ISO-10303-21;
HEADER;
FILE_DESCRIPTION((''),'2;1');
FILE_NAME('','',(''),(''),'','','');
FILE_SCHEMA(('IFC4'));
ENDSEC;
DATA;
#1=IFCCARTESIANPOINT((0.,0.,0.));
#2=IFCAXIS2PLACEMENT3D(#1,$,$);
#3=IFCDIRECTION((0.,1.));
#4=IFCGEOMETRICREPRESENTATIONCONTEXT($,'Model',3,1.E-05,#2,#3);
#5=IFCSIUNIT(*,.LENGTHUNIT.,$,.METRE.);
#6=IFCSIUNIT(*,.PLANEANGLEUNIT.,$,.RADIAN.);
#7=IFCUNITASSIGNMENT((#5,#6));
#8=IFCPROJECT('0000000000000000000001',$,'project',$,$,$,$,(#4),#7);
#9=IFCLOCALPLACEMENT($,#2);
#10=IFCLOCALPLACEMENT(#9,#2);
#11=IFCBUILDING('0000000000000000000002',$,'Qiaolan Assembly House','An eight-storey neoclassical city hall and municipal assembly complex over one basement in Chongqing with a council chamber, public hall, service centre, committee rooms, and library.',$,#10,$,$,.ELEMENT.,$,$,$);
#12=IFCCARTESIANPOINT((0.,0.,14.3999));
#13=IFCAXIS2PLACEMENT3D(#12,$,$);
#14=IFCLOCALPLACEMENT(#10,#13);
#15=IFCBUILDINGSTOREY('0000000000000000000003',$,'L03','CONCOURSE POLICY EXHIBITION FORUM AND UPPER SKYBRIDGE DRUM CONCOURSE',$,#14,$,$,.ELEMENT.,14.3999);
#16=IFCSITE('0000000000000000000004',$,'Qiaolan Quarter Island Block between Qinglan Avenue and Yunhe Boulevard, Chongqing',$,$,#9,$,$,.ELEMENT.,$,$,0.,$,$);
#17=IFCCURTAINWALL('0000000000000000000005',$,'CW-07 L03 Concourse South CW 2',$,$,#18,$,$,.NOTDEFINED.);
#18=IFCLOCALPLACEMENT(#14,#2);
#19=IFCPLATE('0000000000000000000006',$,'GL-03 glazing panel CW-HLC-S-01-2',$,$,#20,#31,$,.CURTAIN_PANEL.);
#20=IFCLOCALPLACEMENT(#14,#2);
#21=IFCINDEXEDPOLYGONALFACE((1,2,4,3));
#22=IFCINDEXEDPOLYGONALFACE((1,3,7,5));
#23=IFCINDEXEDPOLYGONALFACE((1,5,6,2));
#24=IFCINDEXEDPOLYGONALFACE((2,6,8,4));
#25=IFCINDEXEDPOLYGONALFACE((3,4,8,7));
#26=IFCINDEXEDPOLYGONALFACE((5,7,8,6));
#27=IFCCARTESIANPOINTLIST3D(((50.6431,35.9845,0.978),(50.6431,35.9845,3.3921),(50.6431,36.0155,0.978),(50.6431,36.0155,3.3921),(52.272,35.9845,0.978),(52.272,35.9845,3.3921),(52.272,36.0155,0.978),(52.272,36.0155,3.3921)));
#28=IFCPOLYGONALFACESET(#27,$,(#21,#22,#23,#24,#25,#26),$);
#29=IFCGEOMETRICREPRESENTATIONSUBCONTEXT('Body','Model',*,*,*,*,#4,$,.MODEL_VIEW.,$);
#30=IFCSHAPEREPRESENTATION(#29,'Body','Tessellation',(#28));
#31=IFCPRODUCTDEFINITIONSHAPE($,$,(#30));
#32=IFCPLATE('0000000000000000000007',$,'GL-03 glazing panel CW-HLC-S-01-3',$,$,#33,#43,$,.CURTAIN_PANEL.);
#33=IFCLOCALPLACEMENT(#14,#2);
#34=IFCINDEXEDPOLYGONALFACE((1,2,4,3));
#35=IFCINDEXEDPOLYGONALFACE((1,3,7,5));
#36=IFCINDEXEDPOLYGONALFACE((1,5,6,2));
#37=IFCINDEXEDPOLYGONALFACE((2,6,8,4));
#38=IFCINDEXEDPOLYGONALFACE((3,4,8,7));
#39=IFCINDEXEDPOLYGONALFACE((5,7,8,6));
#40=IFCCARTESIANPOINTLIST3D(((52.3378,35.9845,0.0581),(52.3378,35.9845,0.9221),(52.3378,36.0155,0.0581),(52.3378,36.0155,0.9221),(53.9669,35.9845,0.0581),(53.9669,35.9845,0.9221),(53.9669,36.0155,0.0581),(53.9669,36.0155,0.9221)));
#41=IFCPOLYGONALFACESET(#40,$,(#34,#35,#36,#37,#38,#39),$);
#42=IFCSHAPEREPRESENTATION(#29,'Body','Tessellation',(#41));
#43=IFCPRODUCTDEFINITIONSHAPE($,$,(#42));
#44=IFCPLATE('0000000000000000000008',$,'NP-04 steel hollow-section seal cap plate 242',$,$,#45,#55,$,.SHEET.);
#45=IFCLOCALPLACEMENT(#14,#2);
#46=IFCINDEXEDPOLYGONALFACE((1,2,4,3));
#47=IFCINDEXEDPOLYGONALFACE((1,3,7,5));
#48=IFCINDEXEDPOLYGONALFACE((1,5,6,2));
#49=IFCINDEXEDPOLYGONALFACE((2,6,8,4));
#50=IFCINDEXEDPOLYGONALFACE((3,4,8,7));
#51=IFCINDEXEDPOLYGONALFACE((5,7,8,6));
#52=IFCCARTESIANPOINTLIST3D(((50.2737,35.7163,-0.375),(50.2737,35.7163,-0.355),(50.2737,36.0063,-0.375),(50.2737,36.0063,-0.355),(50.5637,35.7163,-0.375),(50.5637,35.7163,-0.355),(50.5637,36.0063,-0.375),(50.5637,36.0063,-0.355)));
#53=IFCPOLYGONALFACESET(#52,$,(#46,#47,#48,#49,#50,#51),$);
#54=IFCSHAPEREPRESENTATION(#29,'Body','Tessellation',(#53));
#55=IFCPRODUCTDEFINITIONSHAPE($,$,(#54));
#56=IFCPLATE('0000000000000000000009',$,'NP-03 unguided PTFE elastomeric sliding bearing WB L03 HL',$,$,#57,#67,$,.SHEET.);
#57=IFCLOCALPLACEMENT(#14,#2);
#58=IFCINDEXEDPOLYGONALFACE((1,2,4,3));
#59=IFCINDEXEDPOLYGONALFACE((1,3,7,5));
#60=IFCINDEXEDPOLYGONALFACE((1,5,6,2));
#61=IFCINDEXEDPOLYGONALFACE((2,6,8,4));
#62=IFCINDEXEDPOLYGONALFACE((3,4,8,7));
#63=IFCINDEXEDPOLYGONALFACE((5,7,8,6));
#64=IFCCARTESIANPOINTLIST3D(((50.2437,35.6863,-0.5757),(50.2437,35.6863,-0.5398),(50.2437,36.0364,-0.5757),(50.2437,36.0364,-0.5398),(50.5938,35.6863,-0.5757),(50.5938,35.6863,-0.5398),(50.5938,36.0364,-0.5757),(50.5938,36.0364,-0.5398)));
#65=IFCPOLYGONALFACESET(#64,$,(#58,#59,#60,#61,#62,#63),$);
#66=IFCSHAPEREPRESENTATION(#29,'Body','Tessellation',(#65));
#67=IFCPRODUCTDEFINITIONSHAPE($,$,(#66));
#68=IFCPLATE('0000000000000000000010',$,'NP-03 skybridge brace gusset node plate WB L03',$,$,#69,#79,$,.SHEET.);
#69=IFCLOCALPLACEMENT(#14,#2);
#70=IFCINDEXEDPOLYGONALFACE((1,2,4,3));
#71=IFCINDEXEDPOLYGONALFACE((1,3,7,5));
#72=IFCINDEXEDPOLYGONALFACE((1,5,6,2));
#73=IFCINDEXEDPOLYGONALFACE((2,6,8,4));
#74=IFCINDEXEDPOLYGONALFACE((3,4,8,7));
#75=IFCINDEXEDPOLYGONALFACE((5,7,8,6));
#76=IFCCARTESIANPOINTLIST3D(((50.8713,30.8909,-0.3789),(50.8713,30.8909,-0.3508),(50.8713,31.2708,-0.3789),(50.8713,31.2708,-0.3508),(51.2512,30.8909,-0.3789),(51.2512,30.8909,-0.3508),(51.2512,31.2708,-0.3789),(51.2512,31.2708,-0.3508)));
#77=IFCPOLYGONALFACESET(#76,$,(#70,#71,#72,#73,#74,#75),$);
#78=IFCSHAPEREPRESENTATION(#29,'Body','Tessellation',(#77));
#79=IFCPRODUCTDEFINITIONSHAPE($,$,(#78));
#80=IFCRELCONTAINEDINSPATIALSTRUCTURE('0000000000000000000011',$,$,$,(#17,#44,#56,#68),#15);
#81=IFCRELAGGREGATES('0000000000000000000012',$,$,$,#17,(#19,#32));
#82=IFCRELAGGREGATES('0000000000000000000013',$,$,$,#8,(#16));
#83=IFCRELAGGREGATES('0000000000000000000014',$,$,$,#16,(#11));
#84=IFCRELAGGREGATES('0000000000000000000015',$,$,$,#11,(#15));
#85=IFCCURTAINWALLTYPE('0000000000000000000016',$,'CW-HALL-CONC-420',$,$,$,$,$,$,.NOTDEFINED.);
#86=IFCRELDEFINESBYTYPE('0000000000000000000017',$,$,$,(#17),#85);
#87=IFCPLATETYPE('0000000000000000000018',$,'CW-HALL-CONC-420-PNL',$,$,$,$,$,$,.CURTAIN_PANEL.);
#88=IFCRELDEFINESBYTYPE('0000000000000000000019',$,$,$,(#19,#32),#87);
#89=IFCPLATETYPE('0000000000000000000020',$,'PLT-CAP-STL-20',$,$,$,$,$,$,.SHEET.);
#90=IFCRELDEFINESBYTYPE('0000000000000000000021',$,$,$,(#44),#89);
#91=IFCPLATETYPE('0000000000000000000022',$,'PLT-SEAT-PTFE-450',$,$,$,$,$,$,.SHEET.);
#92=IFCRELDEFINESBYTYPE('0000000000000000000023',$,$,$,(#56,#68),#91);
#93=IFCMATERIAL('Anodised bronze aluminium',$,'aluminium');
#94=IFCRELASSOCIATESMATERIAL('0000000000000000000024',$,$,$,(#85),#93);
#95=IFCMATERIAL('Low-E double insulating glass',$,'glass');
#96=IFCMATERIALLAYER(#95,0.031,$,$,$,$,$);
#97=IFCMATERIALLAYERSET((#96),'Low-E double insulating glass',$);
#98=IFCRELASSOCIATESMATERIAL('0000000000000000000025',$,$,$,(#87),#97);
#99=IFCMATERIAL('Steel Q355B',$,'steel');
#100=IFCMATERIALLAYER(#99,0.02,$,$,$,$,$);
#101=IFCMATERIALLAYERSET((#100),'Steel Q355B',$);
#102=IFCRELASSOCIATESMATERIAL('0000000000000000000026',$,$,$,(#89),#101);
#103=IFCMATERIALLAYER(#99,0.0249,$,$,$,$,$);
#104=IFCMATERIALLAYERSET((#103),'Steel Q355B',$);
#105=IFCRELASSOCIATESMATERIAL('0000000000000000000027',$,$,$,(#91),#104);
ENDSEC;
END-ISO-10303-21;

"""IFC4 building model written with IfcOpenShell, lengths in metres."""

from ifc_helpers import new_model, si_unit, direction, frame, frame_2d, origin, origin_2d, place, context, subcontext, project, spatial, rectangle, extrude, material, layer, layer_set, type_object, element, aggregate, save


model = new_model("IFC4")

# Units and contexts
model_context = context("Model", 3, precision=1e-05, world=origin(), true_north=direction((0.0, 1.0)))
body_context = subcontext(model_context, "Body", "Model", "MODEL_VIEW")
ifc_project = project(units=[si_unit("LENGTHUNIT", "METRE"), si_unit("PLANEANGLEUNIT", "RADIAN")], contexts=[model_context])

# Site, building, storey
site_placement = place(None, origin())
site = spatial("IfcSite", under=ifc_project, at=site_placement, Name="Qiaolan Quarter Island Block between Qinglan Avenue and Yunhe Boulevard, Chongqing", CompositionType="ELEMENT", RefElevation=0.0)
building_placement = place(site_placement, origin())
building = spatial("IfcBuilding", under=site, at=building_placement, Name="Qiaolan Assembly House", Description="An eight-storey neoclassical city hall and municipal assembly complex over one basement in Chongqing with a council chamber, public hall, service centre, committee rooms, and library.", CompositionType="ELEMENT")
storey_placement = place(building_placement, frame((0.0, 0.0, 14.3999)))
storey = spatial("IfcBuildingStorey", under=building, at=storey_placement, Name="L03", Description="CONCOURSE POLICY EXHIBITION FORUM AND UPPER SKYBRIDGE DRUM CONCOURSE", CompositionType="ELEMENT", Elevation=14.3999)

# Shared definitions
ifc_material_1 = material(Name="Steel Q355B", Category="steel")

# Curtain wall
ifc_material_2 = material(Name="Anodised bronze aluminium", Category="aluminium")
curtain_wall_type_1 = type_object("IfcCurtainWallType", Name="CW-HALL-CONC-420", PredefinedType="NOTDEFINED", material=ifc_material_2)
curtain_wall_1_placement = place(storey_placement, origin())
curtain_wall_1 = element("IfcCurtainWall", 1, at=curtain_wall_1_placement, inside=storey, type_object=curtain_wall_type_1, Name="CW-07 L03 Concourse South CW 2", PredefinedType="NOTDEFINED")

# Plates
ifc_material_3 = material(Name="Low-E double insulating glass", Category="glass")
ifc_layer_1 = layer(ifc_material_3, 0.031)
ifc_layer_set_1 = layer_set([ifc_layer_1], Name="Low-E double insulating glass")
plate_type_1 = type_object("IfcPlateType", Name="CW-HALL-CONC-420-PNL", PredefinedType="CURTAIN_PANEL", material=ifc_layer_set_1)
plate_1_placement = place(storey_placement, frame((50.6431, 36.0, 0.978), z_axis=(0.0, 0.0, 1.0), x_axis=(1.0, 0.0, 0.0)))
plate_1 = element("IfcPlate", 2, at=plate_1_placement, type_object=plate_type_1, Name="GL-03 glazing panel CW-HLC-S-01-2", PredefinedType="CURTAIN_PANEL", context=body_context, shape_type="SweptSolid", body=[
    extrude(rectangle(XDim=1.6289, YDim=0.031, at=frame_2d((0.8145, 0.0))), origin(), (0.0, 0.0, 1.0), 2.4141),
])
plate_2_placement = place(storey_placement, frame((52.3379, 36.0, 0.0581), z_axis=(0.0, 0.0, 1.0), x_axis=(1.0, 0.0, 0.0)))
plate_2 = element("IfcPlate", 3, at=plate_2_placement, type_object=plate_type_1, Name="GL-03 glazing panel CW-HLC-S-01-3", PredefinedType="CURTAIN_PANEL", context=body_context, shape_type="SweptSolid", body=[
    extrude(rectangle(XDim=1.6292, YDim=0.031, at=frame_2d((0.8145, 0.0))), origin(), (0.0, 0.0, 1.0), 0.864),
])
aggregate(curtain_wall_1, [plate_1, plate_2])

# Plates
ifc_layer_2 = layer(ifc_material_1, 0.02)
ifc_layer_set_2 = layer_set([ifc_layer_2], Name="Steel Q355B")
plate_type_2 = type_object("IfcPlateType", Name="PLT-CAP-STL-20", PredefinedType="SHEET", material=ifc_layer_set_2)
plate_3_placement = place(storey_placement, frame((50.4187, 35.8613, -0.375), z_axis=(0.0, 0.0, 1.0), x_axis=(1.0, 0.0, 0.0)))
element("IfcPlate", 4, at=plate_3_placement, inside=storey, type_object=plate_type_2, Name="NP-04 steel hollow-section seal cap plate 242", PredefinedType="SHEET", context=body_context, shape_type="SweptSolid", body=[
    extrude(rectangle(XDim=0.29, YDim=0.29, at=origin_2d()), origin(), (0.0, 0.0, 1.0), 0.02),
])
ifc_layer_3 = layer(ifc_material_1, 0.0249)
ifc_layer_set_3 = layer_set([ifc_layer_3], Name="Steel Q355B")
plate_type_3 = type_object("IfcPlateType", Name="PLT-SEAT-PTFE-450", PredefinedType="SHEET", material=ifc_layer_set_3)
plate_4_placement = place(storey_placement, frame((50.4187, 35.8613, -0.5757), z_axis=(0.0, 0.0, 1.0), x_axis=(1.0, 0.0, 0.0)))
element("IfcPlate", 5, at=plate_4_placement, inside=storey, type_object=plate_type_3, Name="NP-03 unguided PTFE elastomeric sliding bearing WB L03 HL", PredefinedType="SHEET", context=body_context, shape_type="SweptSolid", body=[
    extrude(rectangle(XDim=0.3501, YDim=0.3501, at=origin_2d()), origin(), (0.0, 0.0, 1.0), 0.0359),
])
plate_5_placement = place(storey_placement, frame((51.0613, 31.0808, -0.3789), z_axis=(0.0, 0.0, 1.0), x_axis=(1.0, 0.0, 0.0)))
element("IfcPlate", 6, at=plate_5_placement, inside=storey, type_object=plate_type_3, Name="NP-03 skybridge brace gusset node plate WB L03", PredefinedType="SHEET", context=body_context, shape_type="SweptSolid", body=[
    extrude(rectangle(XDim=0.3799, YDim=0.3799, at=origin_2d()), origin(), (0.0, 0.0, 1.0), 0.0281),
])

save(model, "model.ifc")
